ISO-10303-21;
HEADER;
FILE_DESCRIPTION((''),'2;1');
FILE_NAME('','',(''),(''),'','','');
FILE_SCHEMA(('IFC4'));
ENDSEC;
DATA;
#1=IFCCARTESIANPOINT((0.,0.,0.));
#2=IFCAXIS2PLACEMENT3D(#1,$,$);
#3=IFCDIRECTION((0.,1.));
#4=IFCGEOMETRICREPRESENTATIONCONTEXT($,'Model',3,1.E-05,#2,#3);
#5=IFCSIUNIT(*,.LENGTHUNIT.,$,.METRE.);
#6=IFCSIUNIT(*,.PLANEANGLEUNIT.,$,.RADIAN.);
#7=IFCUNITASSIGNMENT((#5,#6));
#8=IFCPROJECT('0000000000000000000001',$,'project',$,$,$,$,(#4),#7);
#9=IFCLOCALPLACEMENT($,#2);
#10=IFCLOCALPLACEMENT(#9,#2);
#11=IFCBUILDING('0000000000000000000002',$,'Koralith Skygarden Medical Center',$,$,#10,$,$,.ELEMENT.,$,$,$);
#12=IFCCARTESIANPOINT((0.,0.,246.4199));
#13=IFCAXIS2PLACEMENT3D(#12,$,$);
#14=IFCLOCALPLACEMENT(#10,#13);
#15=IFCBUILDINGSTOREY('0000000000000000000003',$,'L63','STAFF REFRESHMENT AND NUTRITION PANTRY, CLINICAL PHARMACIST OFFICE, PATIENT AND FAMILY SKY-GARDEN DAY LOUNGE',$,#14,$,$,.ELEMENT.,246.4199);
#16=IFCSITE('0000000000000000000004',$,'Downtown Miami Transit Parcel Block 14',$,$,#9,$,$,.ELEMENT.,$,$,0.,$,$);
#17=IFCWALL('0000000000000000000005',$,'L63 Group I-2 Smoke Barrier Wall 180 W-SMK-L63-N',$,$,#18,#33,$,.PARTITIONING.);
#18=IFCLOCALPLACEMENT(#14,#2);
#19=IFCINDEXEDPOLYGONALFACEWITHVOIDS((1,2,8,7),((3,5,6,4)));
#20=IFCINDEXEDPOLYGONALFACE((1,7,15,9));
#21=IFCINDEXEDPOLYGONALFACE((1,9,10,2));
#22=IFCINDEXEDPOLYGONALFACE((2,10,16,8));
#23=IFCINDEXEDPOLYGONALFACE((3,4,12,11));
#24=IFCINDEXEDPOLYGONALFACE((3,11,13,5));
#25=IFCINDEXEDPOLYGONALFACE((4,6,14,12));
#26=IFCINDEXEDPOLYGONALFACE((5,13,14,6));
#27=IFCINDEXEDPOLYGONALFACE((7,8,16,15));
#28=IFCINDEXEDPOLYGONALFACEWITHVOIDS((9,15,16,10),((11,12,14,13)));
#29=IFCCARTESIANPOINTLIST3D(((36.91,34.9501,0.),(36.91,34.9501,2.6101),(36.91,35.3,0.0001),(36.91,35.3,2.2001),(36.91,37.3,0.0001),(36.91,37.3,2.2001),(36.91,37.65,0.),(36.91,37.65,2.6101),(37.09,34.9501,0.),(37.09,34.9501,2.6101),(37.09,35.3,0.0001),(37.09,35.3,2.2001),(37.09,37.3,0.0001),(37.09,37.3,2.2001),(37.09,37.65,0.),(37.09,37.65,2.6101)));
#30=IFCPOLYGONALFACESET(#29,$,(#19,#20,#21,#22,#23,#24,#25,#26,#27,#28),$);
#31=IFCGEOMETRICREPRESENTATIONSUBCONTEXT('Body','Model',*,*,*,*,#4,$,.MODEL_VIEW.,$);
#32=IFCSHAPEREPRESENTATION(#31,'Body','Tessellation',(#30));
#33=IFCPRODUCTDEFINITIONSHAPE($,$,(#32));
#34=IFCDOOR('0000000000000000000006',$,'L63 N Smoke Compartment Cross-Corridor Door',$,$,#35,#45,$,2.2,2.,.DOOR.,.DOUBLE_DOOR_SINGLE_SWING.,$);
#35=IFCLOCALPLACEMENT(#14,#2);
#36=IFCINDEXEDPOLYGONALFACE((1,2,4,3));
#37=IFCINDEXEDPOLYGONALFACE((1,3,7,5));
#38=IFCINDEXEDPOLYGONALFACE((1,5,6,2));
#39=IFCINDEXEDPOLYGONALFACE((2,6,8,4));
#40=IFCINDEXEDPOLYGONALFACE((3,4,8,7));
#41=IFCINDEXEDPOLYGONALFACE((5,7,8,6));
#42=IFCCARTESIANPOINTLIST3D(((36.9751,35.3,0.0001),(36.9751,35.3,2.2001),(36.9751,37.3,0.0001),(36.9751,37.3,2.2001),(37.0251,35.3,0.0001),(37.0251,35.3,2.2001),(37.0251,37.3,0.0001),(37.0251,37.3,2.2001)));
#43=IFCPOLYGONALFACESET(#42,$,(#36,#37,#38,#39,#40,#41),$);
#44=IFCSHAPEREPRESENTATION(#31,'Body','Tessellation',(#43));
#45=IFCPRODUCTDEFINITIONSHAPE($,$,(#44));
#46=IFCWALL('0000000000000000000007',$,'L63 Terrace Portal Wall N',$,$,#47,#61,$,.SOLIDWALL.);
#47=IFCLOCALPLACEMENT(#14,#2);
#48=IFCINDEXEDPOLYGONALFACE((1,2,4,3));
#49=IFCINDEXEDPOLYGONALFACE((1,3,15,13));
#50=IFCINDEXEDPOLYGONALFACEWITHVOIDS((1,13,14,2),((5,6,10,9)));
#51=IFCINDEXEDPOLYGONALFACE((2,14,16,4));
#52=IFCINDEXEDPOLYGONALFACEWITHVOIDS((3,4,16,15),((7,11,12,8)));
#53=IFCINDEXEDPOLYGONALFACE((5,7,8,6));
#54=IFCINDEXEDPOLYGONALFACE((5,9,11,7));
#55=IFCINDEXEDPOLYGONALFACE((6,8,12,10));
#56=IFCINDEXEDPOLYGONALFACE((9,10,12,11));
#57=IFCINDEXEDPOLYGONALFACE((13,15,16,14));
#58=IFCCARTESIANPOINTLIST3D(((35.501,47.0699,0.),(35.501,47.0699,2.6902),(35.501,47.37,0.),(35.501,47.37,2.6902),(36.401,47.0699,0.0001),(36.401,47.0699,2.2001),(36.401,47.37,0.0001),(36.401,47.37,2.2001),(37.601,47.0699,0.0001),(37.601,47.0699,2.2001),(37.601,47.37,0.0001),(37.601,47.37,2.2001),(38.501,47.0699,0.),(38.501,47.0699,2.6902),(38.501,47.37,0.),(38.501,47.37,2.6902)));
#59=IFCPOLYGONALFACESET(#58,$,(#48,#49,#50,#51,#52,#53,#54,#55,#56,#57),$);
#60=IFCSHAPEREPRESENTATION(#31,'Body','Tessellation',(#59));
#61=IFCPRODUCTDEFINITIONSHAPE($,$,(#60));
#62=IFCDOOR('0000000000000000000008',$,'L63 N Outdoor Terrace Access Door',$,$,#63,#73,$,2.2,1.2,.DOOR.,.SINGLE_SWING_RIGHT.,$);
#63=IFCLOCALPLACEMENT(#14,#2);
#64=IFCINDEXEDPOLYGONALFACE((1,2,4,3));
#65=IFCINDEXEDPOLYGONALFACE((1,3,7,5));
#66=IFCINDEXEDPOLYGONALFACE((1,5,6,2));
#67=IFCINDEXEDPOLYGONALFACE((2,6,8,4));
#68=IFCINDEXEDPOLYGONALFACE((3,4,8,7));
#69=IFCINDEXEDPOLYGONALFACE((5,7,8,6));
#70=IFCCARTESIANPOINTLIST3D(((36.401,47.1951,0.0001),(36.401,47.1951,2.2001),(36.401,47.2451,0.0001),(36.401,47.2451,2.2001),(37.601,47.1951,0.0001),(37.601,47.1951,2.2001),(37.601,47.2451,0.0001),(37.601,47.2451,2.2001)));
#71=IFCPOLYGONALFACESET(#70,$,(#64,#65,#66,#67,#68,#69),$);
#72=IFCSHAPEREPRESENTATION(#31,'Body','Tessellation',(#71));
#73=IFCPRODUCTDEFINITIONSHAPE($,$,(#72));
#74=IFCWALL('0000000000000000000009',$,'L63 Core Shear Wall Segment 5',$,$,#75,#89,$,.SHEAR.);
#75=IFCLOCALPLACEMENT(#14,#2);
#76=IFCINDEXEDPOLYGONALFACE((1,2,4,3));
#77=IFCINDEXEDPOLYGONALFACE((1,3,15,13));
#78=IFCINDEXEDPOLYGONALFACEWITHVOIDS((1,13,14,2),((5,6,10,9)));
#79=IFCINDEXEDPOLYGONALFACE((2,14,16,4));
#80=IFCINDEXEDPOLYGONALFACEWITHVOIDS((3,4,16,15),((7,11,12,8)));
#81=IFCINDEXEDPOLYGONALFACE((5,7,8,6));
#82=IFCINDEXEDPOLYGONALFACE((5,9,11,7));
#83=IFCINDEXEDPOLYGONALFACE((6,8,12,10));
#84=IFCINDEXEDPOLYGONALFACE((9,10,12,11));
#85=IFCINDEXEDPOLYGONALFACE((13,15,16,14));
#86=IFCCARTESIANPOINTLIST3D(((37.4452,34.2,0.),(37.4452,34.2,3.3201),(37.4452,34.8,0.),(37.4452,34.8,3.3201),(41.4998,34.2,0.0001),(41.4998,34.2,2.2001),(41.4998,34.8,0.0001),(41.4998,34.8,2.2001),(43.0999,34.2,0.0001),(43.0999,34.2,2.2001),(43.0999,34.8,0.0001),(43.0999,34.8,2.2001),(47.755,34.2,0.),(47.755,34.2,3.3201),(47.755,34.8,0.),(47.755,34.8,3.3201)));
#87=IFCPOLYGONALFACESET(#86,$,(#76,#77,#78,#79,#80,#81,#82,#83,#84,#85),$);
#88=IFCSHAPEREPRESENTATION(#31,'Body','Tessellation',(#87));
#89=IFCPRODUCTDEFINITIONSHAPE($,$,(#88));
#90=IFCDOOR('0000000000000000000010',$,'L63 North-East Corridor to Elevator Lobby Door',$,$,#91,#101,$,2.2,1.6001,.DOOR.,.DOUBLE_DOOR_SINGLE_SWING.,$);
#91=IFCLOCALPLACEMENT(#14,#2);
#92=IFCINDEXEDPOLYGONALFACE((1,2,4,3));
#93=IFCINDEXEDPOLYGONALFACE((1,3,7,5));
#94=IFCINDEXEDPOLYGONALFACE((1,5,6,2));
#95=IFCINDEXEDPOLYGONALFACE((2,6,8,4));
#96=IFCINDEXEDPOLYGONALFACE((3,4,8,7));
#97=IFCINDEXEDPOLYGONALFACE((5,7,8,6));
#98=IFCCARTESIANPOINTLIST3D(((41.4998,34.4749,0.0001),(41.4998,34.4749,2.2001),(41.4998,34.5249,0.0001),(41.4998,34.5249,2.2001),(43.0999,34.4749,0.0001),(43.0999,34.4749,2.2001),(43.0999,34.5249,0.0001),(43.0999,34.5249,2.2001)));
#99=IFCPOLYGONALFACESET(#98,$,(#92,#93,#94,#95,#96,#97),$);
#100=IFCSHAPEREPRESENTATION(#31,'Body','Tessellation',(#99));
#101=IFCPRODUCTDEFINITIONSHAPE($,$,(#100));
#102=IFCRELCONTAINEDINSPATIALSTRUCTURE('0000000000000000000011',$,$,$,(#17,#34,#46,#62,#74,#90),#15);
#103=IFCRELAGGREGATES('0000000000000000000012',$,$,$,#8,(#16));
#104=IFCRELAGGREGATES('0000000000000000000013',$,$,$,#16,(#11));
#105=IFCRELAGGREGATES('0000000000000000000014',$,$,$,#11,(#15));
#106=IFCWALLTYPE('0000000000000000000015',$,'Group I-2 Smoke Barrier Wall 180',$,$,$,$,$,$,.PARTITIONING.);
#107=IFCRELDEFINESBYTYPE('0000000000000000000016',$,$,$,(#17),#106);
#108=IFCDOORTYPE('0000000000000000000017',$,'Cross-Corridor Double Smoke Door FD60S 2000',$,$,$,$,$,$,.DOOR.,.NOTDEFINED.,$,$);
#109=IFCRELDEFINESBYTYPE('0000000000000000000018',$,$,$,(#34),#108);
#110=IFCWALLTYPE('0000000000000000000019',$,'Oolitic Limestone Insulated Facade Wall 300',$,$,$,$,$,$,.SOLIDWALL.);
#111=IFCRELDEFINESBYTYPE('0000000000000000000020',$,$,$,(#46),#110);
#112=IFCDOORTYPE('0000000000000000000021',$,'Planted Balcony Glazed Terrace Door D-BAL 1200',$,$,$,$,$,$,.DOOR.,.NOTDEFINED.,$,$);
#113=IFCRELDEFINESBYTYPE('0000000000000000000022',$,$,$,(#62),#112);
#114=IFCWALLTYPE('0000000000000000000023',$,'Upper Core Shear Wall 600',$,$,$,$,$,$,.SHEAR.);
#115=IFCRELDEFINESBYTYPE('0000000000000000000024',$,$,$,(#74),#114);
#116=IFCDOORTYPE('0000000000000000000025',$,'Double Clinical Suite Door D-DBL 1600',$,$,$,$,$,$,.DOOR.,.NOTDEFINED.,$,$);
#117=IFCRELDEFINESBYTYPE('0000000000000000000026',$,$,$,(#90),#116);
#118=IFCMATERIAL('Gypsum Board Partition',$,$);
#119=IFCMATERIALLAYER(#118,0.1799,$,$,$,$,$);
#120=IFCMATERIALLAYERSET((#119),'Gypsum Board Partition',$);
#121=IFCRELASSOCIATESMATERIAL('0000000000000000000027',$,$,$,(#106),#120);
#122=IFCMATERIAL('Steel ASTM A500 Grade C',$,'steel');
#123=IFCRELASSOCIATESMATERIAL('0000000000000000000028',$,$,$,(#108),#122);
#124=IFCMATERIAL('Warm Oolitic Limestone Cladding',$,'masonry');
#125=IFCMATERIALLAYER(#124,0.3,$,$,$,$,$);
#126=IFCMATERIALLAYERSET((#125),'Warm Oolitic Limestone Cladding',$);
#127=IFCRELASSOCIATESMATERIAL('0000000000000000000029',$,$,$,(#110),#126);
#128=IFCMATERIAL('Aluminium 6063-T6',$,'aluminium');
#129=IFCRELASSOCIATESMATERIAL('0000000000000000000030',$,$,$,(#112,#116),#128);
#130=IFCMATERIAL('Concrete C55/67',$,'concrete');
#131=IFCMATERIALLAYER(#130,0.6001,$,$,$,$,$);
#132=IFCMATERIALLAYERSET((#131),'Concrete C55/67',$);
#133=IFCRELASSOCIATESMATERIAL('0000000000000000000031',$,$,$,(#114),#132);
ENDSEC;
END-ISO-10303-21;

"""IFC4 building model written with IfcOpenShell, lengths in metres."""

from ifc_helpers import new_model, si_unit, direction, frame, frame_2d, origin, place, context, subcontext, project, spatial, rectangle, extrude, material, layer, layer_set, type_object, element, fill, save


model = new_model("IFC4")

# Units and contexts
model_context = context("Model", 3, precision=1e-05, world=origin(), true_north=direction((0.0, 1.0)))
body_context = subcontext(model_context, "Body", "Model", "MODEL_VIEW")
ifc_project = project(units=[si_unit("LENGTHUNIT", "METRE"), si_unit("PLANEANGLEUNIT", "RADIAN")], contexts=[model_context])

# Site, building, storey
site_placement = place(None, origin())
site = spatial("IfcSite", under=ifc_project, at=site_placement, Name="Downtown Miami Transit Parcel Block 14", CompositionType="ELEMENT", RefElevation=0.0)
building_placement = place(site_placement, origin())
building = spatial("IfcBuilding", under=site, at=building_placement, Name="Koralith Skygarden Medical Center", CompositionType="ELEMENT")
storey_placement = place(building_placement, frame((0.0, 0.0, 246.4199)))
storey = spatial("IfcBuildingStorey", under=building, at=storey_placement, Name="L63", Description="STAFF REFRESHMENT AND NUTRITION PANTRY, CLINICAL PHARMACIST OFFICE, PATIENT AND FAMILY SKY-GARDEN DAY LOUNGE", CompositionType="ELEMENT", Elevation=246.4199)

# Shared definitions
ifc_material_1 = material(Name="Concrete C55/67", Category="concrete")

# Shared definitions
ifc_material_2 = material(Name="Aluminium 6063-T6", Category="aluminium")

# Shared definitions
ifc_material_3 = material(Name="Gypsum Board Partition")

# Walls, openings, doors
ifc_layer_1 = layer(ifc_material_3, 0.1799)
ifc_layer_set_1 = layer_set([ifc_layer_1], Name="Gypsum Board Partition")
wall_type_1 = type_object("IfcWallType", Name="Group I-2 Smoke Barrier Wall 180", PredefinedType="PARTITIONING", material=ifc_layer_set_1)
wall_1_placement = place(storey_placement, frame((37.0, 34.95, 0.0), z_axis=(0.0, 0.0, 1.0), x_axis=(0.0, 1.0, 0.0)))
wall_1 = element("IfcWall", 1, at=wall_1_placement, inside=storey, type_object=wall_type_1, Name="L63 Group I-2 Smoke Barrier Wall 180 W-SMK-L63-N", PredefinedType="PARTITIONING", context=body_context, shape_type="SweptSolid", body=[
    extrude(rectangle(XDim=2.7, YDim=0.1799, at=frame_2d((1.3501, 0.0))), origin(), (0.0, 0.0, 1.0), 2.6101),
])
opening_1_placement = place(wall_1_placement, frame((0.3501, 0.0, 0.0)))
opening_1 = element("IfcOpeningElement", 2, at=opening_1_placement, cuts=wall_1, PredefinedType="OPENING", context=body_context, shape_type="SweptSolid", body=[
    extrude(rectangle(XDim=2.0, YDim=2.2, at=frame_2d((1.0, 1.1001))), frame((0.0, 0.0999, 0.0), z_axis=(0.0, -1.0, 0.0), x_axis=(1.0, 0.0, 0.0)), (0.0, 0.0, 1.0), 0.2),
])
ifc_material_4 = material(Name="Steel ASTM A500 Grade C", Category="steel")
door_type_1 = type_object("IfcDoorType", Name="Cross-Corridor Double Smoke Door FD60S 2000", OperationType="NOTDEFINED", PredefinedType="DOOR", material=ifc_material_4)
door_1_placement = place(opening_1_placement, origin())
door_1 = element("IfcDoor", 3, at=door_1_placement, inside=storey, type_object=door_type_1, Name="L63 N Smoke Compartment Cross-Corridor Door", OperationType="DOUBLE_DOOR_SINGLE_SWING", OverallHeight=2.2, OverallWidth=2.0, PredefinedType="DOOR", context=body_context, shape_type="SweptSolid", body=[
    extrude(rectangle(XDim=2.0, YDim=2.2, at=frame_2d((1.0, 1.1001))), frame((0.0, 0.0249, 0.0), z_axis=(0.0, -1.0, 0.0), x_axis=(1.0, 0.0, 0.0)), (0.0, 0.0, 1.0), 0.05),
])
fill(opening_1, door_1)
ifc_material_5 = material(Name="Warm Oolitic Limestone Cladding", Category="masonry")
ifc_layer_2 = layer(ifc_material_5, 0.3)
ifc_layer_set_2 = layer_set([ifc_layer_2], Name="Warm Oolitic Limestone Cladding")
wall_type_2 = type_object("IfcWallType", Name="Oolitic Limestone Insulated Facade Wall 300", PredefinedType="SOLIDWALL", material=ifc_layer_set_2)
wall_2_placement = place(storey_placement, frame((38.501, 47.22, 0.0), z_axis=(0.0, 0.0, 1.0), x_axis=(-1.0, 0.0, 0.0)))
wall_2 = element("IfcWall", 4, at=wall_2_placement, inside=storey, type_object=wall_type_2, Name="L63 Terrace Portal Wall N", PredefinedType="SOLIDWALL", context=body_context, shape_type="SweptSolid", body=[
    extrude(rectangle(XDim=3.0, YDim=0.3, at=frame_2d((1.5, 0.0))), origin(), (0.0, 0.0, 1.0), 2.6902),
])
opening_2_placement = place(wall_2_placement, frame((0.8999, 0.0, 0.0)))
opening_2 = element("IfcOpeningElement", 5, at=opening_2_placement, cuts=wall_2, PredefinedType="OPENING", context=body_context, shape_type="SweptSolid", body=[
    extrude(rectangle(XDim=1.2, YDim=2.2, at=frame_2d((0.6001, 1.1001))), frame((0.0, 0.1599, 0.0), z_axis=(0.0, -1.0, 0.0), x_axis=(1.0, 0.0, 0.0)), (0.0, 0.0, 1.0), 0.3201),
])
door_type_2 = type_object("IfcDoorType", Name="Planted Balcony Glazed Terrace Door D-BAL 1200", OperationType="NOTDEFINED", PredefinedType="DOOR", material=ifc_material_2)
door_2_placement = place(opening_2_placement, origin())
door_2 = element("IfcDoor", 6, at=door_2_placement, inside=storey, type_object=door_type_2, Name="L63 N Outdoor Terrace Access Door", OperationType="SINGLE_SWING_RIGHT", OverallHeight=2.2, OverallWidth=1.2, PredefinedType="DOOR", context=body_context, shape_type="SweptSolid", body=[
    extrude(rectangle(XDim=1.2, YDim=2.2, at=frame_2d((0.6001, 1.1001))), frame((0.0, 0.0249, 0.0), z_axis=(0.0, -1.0, 0.0), x_axis=(1.0, 0.0, 0.0)), (0.0, 0.0, 1.0), 0.05),
])
fill(opening_2, door_2)
ifc_layer_3 = layer(ifc_material_1, 0.6001)
ifc_layer_set_3 = layer_set([ifc_layer_3], Name="Concrete C55/67")
wall_type_3 = type_object("IfcWallType", Name="Upper Core Shear Wall 600", PredefinedType="SHEAR", material=ifc_layer_set_3)
wall_3_placement = place(storey_placement, frame((47.7549, 34.5, 0.0), z_axis=(0.0, 0.0, 1.0), x_axis=(-1.0, 0.0, 0.0)))
wall_3 = element("IfcWall", 7, at=wall_3_placement, inside=storey, type_object=wall_type_3, Name="L63 Core Shear Wall Segment 5", PredefinedType="SHEAR", context=body_context, shape_type="SweptSolid", body=[
    extrude(rectangle(XDim=10.3098, YDim=0.6001, at=frame_2d((5.1548, 0.0))), origin(), (0.0, 0.0, 1.0), 3.3201),
])
opening_3_placement = place(wall_3_placement, frame((4.655, 0.0, 0.0)))
opening_3 = element("IfcOpeningElement", 8, at=opening_3_placement, cuts=wall_3, PredefinedType="OPENING", context=body_context, shape_type="SweptSolid", body=[
    extrude(rectangle(XDim=1.6001, YDim=2.2, at=frame_2d((0.8, 1.1001))), frame((0.0, 0.3101, 0.0), z_axis=(0.0, -1.0, 0.0), x_axis=(1.0, 0.0, 0.0)), (0.0, 0.0, 1.0), 0.6201),
])
door_type_3 = type_object("IfcDoorType", Name="Double Clinical Suite Door D-DBL 1600", OperationType="NOTDEFINED", PredefinedType="DOOR", material=ifc_material_2)
door_3_placement = place(opening_3_placement, frame((1.6001, 0.0, 0.0), z_axis=(0.0, 0.0, 1.0), x_axis=(-1.0, 0.0, 0.0)))
door_3 = element("IfcDoor", 9, at=door_3_placement, inside=storey, type_object=door_type_3, Name="L63 North-East Corridor to Elevator Lobby Door", OperationType="DOUBLE_DOOR_SINGLE_SWING", OverallHeight=2.2, OverallWidth=1.6001, PredefinedType="DOOR", context=body_context, shape_type="SweptSolid", body=[
    extrude(rectangle(XDim=1.6001, YDim=2.2, at=frame_2d((0.8, 1.1001))), frame((0.0, 0.0249, 0.0), z_axis=(0.0, -1.0, 0.0), x_axis=(1.0, 0.0, 0.0)), (0.0, 0.0, 1.0), 0.05),
])
fill(opening_3, door_3)

save(model, "model.ifc")
